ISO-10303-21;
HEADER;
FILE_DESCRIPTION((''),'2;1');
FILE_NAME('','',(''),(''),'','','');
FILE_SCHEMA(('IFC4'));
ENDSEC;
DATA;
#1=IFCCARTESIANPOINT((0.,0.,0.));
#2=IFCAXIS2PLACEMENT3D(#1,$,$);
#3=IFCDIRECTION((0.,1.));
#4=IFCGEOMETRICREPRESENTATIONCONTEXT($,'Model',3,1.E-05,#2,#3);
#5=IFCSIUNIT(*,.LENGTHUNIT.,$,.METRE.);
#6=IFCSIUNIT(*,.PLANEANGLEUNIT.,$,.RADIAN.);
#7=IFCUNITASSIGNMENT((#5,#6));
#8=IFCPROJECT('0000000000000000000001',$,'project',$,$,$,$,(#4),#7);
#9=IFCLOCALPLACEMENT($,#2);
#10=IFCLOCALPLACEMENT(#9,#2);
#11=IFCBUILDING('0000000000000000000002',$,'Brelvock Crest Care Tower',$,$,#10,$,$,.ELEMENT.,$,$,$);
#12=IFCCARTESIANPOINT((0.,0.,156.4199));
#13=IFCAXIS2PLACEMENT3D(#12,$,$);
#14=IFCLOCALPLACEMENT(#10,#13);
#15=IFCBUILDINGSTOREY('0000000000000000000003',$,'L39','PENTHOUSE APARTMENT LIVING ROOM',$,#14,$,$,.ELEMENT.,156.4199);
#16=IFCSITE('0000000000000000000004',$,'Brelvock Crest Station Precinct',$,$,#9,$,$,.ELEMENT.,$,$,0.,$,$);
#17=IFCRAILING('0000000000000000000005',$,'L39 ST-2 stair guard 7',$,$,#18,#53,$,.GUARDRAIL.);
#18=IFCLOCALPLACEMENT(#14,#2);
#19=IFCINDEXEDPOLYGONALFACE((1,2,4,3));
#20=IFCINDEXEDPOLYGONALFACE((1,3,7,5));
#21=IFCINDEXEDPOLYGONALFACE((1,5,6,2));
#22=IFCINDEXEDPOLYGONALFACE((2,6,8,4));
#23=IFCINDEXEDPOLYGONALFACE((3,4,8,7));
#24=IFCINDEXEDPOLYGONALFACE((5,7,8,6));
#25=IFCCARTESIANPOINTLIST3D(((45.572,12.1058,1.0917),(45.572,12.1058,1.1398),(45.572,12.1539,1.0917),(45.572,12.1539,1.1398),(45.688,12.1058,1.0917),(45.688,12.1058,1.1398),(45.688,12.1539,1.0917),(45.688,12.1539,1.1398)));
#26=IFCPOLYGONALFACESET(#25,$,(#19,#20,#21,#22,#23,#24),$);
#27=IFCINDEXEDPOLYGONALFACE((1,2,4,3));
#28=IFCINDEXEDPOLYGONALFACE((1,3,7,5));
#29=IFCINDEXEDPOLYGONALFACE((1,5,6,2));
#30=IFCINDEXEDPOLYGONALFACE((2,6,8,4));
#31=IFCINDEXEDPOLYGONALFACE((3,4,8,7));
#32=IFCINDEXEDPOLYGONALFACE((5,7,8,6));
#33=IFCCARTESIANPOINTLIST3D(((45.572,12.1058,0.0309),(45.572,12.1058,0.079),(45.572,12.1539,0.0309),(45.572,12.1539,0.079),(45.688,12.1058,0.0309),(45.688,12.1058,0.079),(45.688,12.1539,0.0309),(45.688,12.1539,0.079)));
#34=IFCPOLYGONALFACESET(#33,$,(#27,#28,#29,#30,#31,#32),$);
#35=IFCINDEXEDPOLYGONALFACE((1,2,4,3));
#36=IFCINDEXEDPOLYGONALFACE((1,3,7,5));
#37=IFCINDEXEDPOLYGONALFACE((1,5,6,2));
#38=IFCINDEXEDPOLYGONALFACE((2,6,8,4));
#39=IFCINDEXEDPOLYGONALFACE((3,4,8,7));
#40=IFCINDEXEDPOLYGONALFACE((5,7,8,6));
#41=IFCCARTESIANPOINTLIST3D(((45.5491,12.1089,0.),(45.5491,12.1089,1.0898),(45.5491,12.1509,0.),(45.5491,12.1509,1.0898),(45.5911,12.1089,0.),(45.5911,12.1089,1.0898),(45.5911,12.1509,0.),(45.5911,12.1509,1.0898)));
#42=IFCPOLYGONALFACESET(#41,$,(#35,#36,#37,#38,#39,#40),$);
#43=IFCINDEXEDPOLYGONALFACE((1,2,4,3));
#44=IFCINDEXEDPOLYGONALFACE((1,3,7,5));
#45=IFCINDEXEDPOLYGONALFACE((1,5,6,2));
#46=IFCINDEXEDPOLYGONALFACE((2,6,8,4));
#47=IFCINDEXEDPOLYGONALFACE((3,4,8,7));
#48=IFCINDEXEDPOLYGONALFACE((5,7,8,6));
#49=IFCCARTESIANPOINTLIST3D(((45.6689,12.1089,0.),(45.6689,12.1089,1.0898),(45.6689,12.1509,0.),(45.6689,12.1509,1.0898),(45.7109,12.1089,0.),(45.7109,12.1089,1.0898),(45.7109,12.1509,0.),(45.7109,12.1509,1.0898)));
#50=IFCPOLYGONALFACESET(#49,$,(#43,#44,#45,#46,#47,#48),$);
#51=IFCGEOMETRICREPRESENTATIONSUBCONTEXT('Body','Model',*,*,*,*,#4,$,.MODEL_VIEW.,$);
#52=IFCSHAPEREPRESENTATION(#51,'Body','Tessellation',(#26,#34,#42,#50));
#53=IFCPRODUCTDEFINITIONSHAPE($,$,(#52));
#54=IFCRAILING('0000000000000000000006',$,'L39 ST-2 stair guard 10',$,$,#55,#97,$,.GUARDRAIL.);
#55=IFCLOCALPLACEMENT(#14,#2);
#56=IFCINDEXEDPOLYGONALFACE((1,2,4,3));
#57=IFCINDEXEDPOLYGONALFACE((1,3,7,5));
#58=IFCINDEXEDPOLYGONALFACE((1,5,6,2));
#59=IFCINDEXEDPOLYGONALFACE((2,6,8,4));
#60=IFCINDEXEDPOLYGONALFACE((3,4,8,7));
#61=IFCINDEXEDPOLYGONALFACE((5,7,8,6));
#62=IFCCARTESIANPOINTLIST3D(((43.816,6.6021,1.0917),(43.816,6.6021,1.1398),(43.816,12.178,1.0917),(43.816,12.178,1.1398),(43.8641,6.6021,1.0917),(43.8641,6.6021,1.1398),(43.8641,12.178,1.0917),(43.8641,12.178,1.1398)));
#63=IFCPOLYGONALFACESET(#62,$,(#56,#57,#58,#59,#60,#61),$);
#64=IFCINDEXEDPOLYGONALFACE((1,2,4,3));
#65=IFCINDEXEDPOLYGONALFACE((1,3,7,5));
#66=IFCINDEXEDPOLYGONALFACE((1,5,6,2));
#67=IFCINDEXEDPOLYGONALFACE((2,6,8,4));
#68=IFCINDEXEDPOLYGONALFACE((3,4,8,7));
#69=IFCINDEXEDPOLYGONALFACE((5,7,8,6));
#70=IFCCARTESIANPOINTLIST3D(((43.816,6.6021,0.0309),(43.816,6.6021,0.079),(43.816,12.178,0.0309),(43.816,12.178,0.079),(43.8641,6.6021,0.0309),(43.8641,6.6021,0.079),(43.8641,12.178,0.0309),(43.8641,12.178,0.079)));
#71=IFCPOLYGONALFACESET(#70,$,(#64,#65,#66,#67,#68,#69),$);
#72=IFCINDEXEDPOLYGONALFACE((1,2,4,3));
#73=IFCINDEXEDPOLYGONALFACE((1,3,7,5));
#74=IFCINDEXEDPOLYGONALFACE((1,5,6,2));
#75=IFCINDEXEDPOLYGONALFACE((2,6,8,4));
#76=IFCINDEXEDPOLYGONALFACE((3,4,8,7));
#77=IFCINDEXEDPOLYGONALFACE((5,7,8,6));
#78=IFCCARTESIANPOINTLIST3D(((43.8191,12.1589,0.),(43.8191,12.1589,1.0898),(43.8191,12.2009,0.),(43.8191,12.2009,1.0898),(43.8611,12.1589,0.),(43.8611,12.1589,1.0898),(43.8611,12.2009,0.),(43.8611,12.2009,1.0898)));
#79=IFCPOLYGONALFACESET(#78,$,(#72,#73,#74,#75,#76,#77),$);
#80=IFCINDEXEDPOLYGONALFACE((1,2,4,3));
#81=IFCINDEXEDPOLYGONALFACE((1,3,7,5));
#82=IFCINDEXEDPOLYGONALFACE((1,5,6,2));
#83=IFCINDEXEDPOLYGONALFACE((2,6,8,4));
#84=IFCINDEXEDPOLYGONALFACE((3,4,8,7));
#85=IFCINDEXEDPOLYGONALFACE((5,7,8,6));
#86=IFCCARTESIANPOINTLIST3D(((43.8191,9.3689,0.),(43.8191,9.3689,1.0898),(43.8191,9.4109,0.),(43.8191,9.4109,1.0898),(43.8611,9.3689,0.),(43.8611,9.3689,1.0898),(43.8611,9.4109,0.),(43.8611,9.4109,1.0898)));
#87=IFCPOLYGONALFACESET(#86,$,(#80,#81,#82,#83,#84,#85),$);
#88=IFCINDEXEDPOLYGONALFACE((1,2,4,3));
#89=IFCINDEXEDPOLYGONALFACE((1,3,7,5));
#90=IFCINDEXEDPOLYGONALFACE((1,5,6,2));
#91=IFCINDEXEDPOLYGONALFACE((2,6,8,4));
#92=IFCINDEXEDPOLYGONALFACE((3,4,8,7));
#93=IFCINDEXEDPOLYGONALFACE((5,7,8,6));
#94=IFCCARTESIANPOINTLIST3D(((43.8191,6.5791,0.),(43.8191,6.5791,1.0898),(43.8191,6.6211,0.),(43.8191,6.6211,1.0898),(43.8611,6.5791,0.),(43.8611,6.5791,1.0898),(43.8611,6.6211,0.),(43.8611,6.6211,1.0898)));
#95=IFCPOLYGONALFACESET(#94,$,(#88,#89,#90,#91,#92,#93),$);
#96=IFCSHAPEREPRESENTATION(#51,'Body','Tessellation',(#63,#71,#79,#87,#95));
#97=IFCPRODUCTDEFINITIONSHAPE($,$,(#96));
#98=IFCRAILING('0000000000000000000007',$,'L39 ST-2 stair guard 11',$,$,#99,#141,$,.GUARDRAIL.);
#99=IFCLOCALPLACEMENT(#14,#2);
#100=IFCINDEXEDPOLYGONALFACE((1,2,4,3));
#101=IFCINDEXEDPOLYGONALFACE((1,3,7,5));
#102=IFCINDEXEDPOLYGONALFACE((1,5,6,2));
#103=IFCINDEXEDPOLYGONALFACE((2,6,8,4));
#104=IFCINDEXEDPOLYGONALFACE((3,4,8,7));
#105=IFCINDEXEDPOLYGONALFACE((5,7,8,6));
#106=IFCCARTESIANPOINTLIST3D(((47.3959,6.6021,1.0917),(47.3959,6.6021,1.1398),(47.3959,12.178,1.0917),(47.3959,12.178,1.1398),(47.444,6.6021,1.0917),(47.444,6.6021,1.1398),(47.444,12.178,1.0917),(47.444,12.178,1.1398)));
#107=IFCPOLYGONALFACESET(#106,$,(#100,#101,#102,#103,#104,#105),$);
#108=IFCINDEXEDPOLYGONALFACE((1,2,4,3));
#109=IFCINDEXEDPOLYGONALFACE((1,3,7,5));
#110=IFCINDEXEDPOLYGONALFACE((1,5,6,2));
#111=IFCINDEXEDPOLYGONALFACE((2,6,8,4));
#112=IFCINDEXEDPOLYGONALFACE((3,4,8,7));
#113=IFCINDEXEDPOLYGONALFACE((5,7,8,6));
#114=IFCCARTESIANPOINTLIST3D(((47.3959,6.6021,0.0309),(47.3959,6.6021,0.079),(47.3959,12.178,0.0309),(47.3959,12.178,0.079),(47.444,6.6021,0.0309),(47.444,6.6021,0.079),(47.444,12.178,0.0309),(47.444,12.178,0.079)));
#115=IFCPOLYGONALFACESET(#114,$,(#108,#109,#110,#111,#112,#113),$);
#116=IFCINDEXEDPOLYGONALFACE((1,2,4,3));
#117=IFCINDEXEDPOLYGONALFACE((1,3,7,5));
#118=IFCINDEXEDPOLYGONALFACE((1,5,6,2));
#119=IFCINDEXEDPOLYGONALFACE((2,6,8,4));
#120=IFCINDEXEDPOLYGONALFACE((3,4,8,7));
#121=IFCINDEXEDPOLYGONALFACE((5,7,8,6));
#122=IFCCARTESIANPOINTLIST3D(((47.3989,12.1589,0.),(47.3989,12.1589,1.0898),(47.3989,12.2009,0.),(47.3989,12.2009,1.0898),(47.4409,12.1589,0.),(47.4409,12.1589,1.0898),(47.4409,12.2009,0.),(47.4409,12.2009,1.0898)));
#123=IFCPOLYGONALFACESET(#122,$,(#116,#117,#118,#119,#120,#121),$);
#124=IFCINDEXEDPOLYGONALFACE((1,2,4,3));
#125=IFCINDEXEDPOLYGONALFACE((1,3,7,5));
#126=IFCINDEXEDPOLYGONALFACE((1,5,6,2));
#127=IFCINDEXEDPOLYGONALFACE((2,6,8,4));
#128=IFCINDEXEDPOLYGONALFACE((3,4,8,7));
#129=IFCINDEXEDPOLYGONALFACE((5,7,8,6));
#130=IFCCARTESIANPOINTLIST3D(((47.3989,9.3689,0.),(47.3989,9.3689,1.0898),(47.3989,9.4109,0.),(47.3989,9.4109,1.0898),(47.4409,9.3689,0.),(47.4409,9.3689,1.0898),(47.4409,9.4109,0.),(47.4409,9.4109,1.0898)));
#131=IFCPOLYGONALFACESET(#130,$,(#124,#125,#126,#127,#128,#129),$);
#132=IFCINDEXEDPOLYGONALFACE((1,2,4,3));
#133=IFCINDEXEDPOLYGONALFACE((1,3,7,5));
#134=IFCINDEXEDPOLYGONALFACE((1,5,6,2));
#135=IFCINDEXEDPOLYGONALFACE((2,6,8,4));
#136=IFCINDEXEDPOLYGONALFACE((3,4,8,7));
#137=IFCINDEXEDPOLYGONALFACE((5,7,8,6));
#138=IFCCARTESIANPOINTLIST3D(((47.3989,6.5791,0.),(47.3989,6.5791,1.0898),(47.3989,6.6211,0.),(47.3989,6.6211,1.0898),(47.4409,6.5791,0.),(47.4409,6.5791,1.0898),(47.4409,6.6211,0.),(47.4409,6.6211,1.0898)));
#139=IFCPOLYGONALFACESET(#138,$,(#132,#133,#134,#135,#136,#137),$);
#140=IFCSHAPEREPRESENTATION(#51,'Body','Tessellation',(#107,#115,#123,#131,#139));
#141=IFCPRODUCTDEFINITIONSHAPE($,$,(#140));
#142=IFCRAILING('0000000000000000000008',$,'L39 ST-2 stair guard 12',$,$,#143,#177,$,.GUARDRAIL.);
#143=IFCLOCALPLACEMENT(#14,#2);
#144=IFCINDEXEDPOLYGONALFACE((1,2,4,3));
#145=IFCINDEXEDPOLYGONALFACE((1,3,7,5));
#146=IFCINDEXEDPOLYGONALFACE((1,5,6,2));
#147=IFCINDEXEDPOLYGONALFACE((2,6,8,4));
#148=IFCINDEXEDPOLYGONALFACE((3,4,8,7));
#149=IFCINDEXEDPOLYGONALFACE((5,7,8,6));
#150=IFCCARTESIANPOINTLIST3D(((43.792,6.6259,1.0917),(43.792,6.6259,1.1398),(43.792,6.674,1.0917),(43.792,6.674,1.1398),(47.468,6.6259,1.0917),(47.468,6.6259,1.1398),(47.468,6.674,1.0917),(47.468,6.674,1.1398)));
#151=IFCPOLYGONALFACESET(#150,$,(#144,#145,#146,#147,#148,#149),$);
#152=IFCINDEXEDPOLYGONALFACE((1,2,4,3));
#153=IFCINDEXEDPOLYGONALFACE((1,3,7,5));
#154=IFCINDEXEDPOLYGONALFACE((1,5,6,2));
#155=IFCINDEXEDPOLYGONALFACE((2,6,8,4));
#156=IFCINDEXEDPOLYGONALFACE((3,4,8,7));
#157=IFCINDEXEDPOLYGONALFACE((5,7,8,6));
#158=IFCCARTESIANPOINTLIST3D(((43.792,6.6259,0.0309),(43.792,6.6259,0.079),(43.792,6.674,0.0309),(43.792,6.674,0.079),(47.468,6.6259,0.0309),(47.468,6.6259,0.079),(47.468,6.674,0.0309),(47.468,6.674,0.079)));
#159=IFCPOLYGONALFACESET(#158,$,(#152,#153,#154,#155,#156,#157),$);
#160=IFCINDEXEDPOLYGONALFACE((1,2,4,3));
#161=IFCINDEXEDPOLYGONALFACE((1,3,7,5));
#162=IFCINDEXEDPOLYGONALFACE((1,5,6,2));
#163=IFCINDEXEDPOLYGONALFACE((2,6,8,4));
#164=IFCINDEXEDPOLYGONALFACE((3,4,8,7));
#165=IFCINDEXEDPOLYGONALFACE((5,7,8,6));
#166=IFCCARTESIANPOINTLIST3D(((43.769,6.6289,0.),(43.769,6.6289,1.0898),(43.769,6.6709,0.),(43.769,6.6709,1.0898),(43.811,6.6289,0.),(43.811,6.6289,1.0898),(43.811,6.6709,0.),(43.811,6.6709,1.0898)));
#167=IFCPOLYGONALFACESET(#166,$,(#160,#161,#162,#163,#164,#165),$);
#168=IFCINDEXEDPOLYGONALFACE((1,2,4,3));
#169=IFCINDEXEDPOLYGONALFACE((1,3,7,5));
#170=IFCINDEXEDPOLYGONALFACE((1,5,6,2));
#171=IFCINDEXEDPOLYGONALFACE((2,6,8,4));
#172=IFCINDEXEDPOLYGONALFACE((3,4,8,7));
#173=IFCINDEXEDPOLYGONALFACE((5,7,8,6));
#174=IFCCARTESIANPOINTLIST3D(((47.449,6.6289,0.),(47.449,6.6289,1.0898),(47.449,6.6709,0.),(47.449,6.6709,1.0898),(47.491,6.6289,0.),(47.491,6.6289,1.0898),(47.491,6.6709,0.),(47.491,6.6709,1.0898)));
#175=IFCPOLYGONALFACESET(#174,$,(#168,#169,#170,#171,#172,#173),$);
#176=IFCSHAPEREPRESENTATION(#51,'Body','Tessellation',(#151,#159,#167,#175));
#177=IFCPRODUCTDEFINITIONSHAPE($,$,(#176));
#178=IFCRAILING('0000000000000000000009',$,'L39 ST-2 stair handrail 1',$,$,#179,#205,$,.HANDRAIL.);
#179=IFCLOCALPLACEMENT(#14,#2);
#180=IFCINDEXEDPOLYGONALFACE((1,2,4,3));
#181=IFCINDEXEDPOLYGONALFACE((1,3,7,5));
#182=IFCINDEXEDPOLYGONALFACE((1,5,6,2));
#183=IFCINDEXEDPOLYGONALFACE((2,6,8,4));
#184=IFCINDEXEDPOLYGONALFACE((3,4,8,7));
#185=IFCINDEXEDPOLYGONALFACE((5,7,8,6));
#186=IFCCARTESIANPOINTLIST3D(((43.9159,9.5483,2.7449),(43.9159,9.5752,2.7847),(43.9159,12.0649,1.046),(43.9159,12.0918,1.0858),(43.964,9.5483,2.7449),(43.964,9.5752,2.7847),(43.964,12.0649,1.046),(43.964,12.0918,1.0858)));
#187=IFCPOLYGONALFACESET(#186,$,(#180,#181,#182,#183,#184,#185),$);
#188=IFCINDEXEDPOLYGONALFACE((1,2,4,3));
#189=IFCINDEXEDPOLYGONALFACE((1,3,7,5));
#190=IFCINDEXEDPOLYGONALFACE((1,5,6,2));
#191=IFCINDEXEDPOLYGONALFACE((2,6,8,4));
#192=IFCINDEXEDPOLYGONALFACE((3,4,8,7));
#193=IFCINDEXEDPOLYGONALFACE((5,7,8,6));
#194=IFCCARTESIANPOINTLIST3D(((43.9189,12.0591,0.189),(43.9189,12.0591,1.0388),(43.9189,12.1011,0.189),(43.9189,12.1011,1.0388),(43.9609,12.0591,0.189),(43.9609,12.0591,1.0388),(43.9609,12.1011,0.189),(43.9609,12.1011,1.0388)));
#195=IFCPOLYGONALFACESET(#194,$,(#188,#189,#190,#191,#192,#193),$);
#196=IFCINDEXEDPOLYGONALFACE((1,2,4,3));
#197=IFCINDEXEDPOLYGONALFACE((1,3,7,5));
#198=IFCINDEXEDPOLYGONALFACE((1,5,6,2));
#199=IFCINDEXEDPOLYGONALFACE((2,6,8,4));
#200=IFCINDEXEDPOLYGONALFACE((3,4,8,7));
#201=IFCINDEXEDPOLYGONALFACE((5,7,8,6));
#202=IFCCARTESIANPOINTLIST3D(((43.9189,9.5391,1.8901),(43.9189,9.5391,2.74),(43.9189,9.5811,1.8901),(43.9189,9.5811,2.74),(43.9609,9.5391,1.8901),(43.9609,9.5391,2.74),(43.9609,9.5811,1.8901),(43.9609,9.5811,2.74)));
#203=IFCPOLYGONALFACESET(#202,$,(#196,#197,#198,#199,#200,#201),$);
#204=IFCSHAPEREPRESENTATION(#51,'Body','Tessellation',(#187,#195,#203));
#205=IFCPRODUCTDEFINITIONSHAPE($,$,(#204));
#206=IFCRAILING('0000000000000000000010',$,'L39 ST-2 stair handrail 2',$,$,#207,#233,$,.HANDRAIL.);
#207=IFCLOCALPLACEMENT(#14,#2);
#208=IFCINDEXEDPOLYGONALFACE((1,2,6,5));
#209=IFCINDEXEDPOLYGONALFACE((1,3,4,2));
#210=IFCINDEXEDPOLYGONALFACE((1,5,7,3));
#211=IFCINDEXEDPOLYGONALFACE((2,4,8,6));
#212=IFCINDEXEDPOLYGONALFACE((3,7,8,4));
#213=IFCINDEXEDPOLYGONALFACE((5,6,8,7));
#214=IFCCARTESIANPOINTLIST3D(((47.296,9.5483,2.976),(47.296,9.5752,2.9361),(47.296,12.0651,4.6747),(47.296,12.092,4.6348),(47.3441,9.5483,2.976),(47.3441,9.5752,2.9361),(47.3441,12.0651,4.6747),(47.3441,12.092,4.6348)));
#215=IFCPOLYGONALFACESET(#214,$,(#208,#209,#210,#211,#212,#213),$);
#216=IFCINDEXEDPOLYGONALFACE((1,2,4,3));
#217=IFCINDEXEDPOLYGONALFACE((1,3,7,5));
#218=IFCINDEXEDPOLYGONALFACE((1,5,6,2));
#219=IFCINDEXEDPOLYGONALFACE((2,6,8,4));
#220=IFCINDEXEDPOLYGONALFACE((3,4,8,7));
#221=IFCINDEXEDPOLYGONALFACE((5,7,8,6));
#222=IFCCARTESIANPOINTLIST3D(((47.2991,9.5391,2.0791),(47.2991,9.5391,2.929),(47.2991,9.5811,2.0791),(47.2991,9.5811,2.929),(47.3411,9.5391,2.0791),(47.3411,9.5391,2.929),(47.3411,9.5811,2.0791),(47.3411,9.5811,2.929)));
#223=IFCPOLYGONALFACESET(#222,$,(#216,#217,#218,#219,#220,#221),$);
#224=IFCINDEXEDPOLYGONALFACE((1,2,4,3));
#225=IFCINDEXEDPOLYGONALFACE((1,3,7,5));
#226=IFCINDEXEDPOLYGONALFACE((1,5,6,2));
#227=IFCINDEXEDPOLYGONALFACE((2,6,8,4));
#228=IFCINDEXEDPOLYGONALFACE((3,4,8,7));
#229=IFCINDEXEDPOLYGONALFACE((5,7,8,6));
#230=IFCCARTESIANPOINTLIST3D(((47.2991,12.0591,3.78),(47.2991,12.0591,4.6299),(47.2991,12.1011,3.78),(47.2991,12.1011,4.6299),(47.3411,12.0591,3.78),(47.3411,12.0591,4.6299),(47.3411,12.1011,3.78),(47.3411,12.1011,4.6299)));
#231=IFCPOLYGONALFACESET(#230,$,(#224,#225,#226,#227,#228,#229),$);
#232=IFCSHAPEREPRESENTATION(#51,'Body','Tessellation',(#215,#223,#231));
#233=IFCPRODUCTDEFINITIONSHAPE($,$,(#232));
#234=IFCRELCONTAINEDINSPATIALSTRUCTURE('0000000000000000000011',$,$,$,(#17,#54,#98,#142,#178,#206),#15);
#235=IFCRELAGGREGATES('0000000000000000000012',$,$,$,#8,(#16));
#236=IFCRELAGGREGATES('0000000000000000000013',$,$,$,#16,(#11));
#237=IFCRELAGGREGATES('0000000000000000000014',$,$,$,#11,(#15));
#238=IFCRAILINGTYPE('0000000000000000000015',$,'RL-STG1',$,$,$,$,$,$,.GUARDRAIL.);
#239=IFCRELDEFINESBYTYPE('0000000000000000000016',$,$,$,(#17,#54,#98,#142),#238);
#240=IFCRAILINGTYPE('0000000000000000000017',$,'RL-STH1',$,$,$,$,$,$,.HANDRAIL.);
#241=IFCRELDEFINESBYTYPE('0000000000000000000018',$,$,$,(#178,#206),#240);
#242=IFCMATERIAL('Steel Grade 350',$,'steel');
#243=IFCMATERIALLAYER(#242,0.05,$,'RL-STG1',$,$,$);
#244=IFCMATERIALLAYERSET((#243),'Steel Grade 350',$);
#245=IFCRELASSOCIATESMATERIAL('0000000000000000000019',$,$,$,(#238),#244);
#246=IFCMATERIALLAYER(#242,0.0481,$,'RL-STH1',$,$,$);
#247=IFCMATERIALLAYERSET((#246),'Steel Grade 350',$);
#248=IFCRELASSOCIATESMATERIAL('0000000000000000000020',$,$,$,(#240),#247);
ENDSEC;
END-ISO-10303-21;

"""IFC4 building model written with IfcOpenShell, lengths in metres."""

from ifc_helpers import new_model, si_unit, direction, frame, origin, origin_2d, place, context, subcontext, project, spatial, rectangle, extrude, material, layer, layer_set, type_object, element, save


model = new_model("IFC4")

# Units and contexts
model_context = context("Model", 3, precision=1e-05, world=origin(), true_north=direction((0.0, 1.0)))
body_context = subcontext(model_context, "Body", "Model", "MODEL_VIEW")
ifc_project = project(units=[si_unit("LENGTHUNIT", "METRE"), si_unit("PLANEANGLEUNIT", "RADIAN")], contexts=[model_context])

# Site, building, storey
site_placement = place(None, origin())
site = spatial("IfcSite", under=ifc_project, at=site_placement, Name="Brelvock Crest Station Precinct", CompositionType="ELEMENT", RefElevation=0.0)
building_placement = place(site_placement, origin())
building = spatial("IfcBuilding", under=site, at=building_placement, Name="Brelvock Crest Care Tower", CompositionType="ELEMENT")
storey_placement = place(building_placement, frame((0.0, 0.0, 156.4199)))
storey = spatial("IfcBuildingStorey", under=building, at=storey_placement, Name="L39", Description="PENTHOUSE APARTMENT LIVING ROOM", CompositionType="ELEMENT", Elevation=156.4199)

# Shared definitions
ifc_material_1 = material(Name="Steel Grade 350", Category="steel")

# Railings
ifc_layer_1 = layer(ifc_material_1, 0.05, Name="RL-STG1")
ifc_layer_set_1 = layer_set([ifc_layer_1], Name="Steel Grade 350")
railing_type_1 = type_object("IfcRailingType", Name="RL-STG1", PredefinedType="GUARDRAIL", material=ifc_layer_set_1)
railing_1_placement = place(storey_placement, frame((45.5701, 12.1299, 0.0)))
element("IfcRailing", 1, at=railing_1_placement, inside=storey, type_object=railing_type_1, Name="L39 ST-2 stair guard 7", PredefinedType="GUARDRAIL", context=body_context, shape_type="SweptSolid", body=[
    extrude(rectangle(XDim=0.0481, YDim=0.0481, at=origin_2d()), frame((0.002, 0.0, 1.1157), z_axis=(1.0, 0.0, 0.0), x_axis=(0.0, 1.0, 0.0)), (0.0, 0.0, 1.0), 0.116),
    extrude(rectangle(XDim=0.0481, YDim=0.0481, at=origin_2d()), frame((0.002, 0.0, 0.0549), z_axis=(1.0, 0.0, 0.0), x_axis=(0.0, 1.0, 0.0)), (0.0, 0.0, 1.0), 0.116),
    extrude(rectangle(XDim=0.042, YDim=0.042, at=origin_2d()), origin(), (0.0, 0.0, 1.0), 1.0898),
    extrude(rectangle(XDim=0.042, YDim=0.042, at=origin_2d()), frame((0.1199, 0.0, 0.0)), (0.0, 0.0, 1.0), 1.0898),
])
for number, where, name in (
    (2, (43.8401, 12.1799, 0.0), "L39 ST-2 stair guard 10"),
    (3, (47.4199, 12.1799, 0.0), "L39 ST-2 stair guard 11"),
):
    element("IfcRailing", number, at=place(storey_placement, frame(where)), inside=storey, type_object=railing_type_1, Name=name, PredefinedType="GUARDRAIL", context=body_context, shape_type="SweptSolid", body=[
        extrude(rectangle(XDim=0.0481, YDim=0.0481, at=origin_2d()), frame((0.0, -0.002, 1.1157), z_axis=(0.0, -1.0, 0.0), x_axis=(1.0, 0.0, 0.0)), (0.0, 0.0, 1.0), 5.5759),
        extrude(rectangle(XDim=0.0481, YDim=0.0481, at=origin_2d()), frame((0.0, -0.002, 0.0549), z_axis=(0.0, -1.0, 0.0), x_axis=(1.0, 0.0, 0.0)), (0.0, 0.0, 1.0), 5.5759),
        extrude(rectangle(XDim=0.042, YDim=0.042, at=origin_2d()), origin(), (0.0, 0.0, 1.0), 1.0898),
        extrude(rectangle(XDim=0.042, YDim=0.042, at=origin_2d()), frame((0.0, -2.79, 0.0)), (0.0, 0.0, 1.0), 1.0898),
        extrude(rectangle(XDim=0.042, YDim=0.042, at=origin_2d()), frame((0.0, -5.5798, 0.0)), (0.0, 0.0, 1.0), 1.0898),
    ])
railing_2_placement = place(storey_placement, frame((43.79, 6.6499, 0.0)))
element("IfcRailing", 4, at=railing_2_placement, inside=storey, type_object=railing_type_1, Name="L39 ST-2 stair guard 12", PredefinedType="GUARDRAIL", context=body_context, shape_type="SweptSolid", body=[
    extrude(rectangle(XDim=0.0481, YDim=0.0481, at=origin_2d()), frame((0.002, 0.0, 1.1157), z_axis=(1.0, 0.0, 0.0), x_axis=(0.0, 1.0, 0.0)), (0.0, 0.0, 1.0), 3.676),
    extrude(rectangle(XDim=0.0481, YDim=0.0481, at=origin_2d()), frame((0.002, 0.0, 0.0549), z_axis=(1.0, 0.0, 0.0), x_axis=(0.0, 1.0, 0.0)), (0.0, 0.0, 1.0), 3.676),
    extrude(rectangle(XDim=0.042, YDim=0.042, at=origin_2d()), origin(), (0.0, 0.0, 1.0), 1.0898),
    extrude(rectangle(XDim=0.042, YDim=0.042, at=origin_2d()), frame((3.6799, 0.0, 0.0)), (0.0, 0.0, 1.0), 1.0898),
])
ifc_layer_2 = layer(ifc_material_1, 0.0481, Name="RL-STH1")
ifc_layer_set_2 = layer_set([ifc_layer_2], Name="Steel Grade 350")
railing_type_2 = type_object("IfcRailingType", Name="RL-STH1", PredefinedType="HANDRAIL", material=ifc_layer_set_2)
railing_3_placement = place(storey_placement, frame((43.9399, 12.0801, 0.189)))
element("IfcRailing", 5, at=railing_3_placement, inside=storey, type_object=railing_type_2, Name="L39 ST-2 stair handrail 1", PredefinedType="HANDRAIL", context=body_context, shape_type="SweptSolid", body=[
    extrude(rectangle(XDim=0.0481, YDim=0.0481, at=origin_2d()), frame((0.0, -0.0017, 0.877), z_axis=(0.0, -0.828824, 0.559509), x_axis=(1.0, 0.0, 0.0)), (0.0, 0.0, 1.0), 3.0364),
    extrude(rectangle(XDim=0.042, YDim=0.042, at=origin_2d()), origin(), (0.0, 0.0, 1.0), 0.8499),
    extrude(rectangle(XDim=0.042, YDim=0.042, at=origin_2d()), frame((0.0, -2.52, 1.7012)), (0.0, 0.0, 1.0), 0.8499),
])
railing_4_placement = place(storey_placement, frame((47.3201, 9.5601, 2.0791)))
element("IfcRailing", 6, at=railing_4_placement, inside=storey, type_object=railing_type_2, Name="L39 ST-2 stair handrail 2", PredefinedType="HANDRAIL", context=body_context, shape_type="SweptSolid", body=[
    extrude(rectangle(XDim=0.0481, YDim=0.0481, at=origin_2d()), frame((0.0, 0.0017, 0.877), z_axis=(0.0, 0.828862, 0.559454), x_axis=(-1.0, 0.0, 0.0)), (0.0, 0.0, 1.0), 3.0364),
    extrude(rectangle(XDim=0.042, YDim=0.042, at=origin_2d()), origin(), (0.0, 0.0, 1.0), 0.8499),
    extrude(rectangle(XDim=0.042, YDim=0.042, at=origin_2d()), frame((0.0, 2.52, 1.7009)), (0.0, 0.0, 1.0), 0.8499),
])

save(model, "model.ifc")
